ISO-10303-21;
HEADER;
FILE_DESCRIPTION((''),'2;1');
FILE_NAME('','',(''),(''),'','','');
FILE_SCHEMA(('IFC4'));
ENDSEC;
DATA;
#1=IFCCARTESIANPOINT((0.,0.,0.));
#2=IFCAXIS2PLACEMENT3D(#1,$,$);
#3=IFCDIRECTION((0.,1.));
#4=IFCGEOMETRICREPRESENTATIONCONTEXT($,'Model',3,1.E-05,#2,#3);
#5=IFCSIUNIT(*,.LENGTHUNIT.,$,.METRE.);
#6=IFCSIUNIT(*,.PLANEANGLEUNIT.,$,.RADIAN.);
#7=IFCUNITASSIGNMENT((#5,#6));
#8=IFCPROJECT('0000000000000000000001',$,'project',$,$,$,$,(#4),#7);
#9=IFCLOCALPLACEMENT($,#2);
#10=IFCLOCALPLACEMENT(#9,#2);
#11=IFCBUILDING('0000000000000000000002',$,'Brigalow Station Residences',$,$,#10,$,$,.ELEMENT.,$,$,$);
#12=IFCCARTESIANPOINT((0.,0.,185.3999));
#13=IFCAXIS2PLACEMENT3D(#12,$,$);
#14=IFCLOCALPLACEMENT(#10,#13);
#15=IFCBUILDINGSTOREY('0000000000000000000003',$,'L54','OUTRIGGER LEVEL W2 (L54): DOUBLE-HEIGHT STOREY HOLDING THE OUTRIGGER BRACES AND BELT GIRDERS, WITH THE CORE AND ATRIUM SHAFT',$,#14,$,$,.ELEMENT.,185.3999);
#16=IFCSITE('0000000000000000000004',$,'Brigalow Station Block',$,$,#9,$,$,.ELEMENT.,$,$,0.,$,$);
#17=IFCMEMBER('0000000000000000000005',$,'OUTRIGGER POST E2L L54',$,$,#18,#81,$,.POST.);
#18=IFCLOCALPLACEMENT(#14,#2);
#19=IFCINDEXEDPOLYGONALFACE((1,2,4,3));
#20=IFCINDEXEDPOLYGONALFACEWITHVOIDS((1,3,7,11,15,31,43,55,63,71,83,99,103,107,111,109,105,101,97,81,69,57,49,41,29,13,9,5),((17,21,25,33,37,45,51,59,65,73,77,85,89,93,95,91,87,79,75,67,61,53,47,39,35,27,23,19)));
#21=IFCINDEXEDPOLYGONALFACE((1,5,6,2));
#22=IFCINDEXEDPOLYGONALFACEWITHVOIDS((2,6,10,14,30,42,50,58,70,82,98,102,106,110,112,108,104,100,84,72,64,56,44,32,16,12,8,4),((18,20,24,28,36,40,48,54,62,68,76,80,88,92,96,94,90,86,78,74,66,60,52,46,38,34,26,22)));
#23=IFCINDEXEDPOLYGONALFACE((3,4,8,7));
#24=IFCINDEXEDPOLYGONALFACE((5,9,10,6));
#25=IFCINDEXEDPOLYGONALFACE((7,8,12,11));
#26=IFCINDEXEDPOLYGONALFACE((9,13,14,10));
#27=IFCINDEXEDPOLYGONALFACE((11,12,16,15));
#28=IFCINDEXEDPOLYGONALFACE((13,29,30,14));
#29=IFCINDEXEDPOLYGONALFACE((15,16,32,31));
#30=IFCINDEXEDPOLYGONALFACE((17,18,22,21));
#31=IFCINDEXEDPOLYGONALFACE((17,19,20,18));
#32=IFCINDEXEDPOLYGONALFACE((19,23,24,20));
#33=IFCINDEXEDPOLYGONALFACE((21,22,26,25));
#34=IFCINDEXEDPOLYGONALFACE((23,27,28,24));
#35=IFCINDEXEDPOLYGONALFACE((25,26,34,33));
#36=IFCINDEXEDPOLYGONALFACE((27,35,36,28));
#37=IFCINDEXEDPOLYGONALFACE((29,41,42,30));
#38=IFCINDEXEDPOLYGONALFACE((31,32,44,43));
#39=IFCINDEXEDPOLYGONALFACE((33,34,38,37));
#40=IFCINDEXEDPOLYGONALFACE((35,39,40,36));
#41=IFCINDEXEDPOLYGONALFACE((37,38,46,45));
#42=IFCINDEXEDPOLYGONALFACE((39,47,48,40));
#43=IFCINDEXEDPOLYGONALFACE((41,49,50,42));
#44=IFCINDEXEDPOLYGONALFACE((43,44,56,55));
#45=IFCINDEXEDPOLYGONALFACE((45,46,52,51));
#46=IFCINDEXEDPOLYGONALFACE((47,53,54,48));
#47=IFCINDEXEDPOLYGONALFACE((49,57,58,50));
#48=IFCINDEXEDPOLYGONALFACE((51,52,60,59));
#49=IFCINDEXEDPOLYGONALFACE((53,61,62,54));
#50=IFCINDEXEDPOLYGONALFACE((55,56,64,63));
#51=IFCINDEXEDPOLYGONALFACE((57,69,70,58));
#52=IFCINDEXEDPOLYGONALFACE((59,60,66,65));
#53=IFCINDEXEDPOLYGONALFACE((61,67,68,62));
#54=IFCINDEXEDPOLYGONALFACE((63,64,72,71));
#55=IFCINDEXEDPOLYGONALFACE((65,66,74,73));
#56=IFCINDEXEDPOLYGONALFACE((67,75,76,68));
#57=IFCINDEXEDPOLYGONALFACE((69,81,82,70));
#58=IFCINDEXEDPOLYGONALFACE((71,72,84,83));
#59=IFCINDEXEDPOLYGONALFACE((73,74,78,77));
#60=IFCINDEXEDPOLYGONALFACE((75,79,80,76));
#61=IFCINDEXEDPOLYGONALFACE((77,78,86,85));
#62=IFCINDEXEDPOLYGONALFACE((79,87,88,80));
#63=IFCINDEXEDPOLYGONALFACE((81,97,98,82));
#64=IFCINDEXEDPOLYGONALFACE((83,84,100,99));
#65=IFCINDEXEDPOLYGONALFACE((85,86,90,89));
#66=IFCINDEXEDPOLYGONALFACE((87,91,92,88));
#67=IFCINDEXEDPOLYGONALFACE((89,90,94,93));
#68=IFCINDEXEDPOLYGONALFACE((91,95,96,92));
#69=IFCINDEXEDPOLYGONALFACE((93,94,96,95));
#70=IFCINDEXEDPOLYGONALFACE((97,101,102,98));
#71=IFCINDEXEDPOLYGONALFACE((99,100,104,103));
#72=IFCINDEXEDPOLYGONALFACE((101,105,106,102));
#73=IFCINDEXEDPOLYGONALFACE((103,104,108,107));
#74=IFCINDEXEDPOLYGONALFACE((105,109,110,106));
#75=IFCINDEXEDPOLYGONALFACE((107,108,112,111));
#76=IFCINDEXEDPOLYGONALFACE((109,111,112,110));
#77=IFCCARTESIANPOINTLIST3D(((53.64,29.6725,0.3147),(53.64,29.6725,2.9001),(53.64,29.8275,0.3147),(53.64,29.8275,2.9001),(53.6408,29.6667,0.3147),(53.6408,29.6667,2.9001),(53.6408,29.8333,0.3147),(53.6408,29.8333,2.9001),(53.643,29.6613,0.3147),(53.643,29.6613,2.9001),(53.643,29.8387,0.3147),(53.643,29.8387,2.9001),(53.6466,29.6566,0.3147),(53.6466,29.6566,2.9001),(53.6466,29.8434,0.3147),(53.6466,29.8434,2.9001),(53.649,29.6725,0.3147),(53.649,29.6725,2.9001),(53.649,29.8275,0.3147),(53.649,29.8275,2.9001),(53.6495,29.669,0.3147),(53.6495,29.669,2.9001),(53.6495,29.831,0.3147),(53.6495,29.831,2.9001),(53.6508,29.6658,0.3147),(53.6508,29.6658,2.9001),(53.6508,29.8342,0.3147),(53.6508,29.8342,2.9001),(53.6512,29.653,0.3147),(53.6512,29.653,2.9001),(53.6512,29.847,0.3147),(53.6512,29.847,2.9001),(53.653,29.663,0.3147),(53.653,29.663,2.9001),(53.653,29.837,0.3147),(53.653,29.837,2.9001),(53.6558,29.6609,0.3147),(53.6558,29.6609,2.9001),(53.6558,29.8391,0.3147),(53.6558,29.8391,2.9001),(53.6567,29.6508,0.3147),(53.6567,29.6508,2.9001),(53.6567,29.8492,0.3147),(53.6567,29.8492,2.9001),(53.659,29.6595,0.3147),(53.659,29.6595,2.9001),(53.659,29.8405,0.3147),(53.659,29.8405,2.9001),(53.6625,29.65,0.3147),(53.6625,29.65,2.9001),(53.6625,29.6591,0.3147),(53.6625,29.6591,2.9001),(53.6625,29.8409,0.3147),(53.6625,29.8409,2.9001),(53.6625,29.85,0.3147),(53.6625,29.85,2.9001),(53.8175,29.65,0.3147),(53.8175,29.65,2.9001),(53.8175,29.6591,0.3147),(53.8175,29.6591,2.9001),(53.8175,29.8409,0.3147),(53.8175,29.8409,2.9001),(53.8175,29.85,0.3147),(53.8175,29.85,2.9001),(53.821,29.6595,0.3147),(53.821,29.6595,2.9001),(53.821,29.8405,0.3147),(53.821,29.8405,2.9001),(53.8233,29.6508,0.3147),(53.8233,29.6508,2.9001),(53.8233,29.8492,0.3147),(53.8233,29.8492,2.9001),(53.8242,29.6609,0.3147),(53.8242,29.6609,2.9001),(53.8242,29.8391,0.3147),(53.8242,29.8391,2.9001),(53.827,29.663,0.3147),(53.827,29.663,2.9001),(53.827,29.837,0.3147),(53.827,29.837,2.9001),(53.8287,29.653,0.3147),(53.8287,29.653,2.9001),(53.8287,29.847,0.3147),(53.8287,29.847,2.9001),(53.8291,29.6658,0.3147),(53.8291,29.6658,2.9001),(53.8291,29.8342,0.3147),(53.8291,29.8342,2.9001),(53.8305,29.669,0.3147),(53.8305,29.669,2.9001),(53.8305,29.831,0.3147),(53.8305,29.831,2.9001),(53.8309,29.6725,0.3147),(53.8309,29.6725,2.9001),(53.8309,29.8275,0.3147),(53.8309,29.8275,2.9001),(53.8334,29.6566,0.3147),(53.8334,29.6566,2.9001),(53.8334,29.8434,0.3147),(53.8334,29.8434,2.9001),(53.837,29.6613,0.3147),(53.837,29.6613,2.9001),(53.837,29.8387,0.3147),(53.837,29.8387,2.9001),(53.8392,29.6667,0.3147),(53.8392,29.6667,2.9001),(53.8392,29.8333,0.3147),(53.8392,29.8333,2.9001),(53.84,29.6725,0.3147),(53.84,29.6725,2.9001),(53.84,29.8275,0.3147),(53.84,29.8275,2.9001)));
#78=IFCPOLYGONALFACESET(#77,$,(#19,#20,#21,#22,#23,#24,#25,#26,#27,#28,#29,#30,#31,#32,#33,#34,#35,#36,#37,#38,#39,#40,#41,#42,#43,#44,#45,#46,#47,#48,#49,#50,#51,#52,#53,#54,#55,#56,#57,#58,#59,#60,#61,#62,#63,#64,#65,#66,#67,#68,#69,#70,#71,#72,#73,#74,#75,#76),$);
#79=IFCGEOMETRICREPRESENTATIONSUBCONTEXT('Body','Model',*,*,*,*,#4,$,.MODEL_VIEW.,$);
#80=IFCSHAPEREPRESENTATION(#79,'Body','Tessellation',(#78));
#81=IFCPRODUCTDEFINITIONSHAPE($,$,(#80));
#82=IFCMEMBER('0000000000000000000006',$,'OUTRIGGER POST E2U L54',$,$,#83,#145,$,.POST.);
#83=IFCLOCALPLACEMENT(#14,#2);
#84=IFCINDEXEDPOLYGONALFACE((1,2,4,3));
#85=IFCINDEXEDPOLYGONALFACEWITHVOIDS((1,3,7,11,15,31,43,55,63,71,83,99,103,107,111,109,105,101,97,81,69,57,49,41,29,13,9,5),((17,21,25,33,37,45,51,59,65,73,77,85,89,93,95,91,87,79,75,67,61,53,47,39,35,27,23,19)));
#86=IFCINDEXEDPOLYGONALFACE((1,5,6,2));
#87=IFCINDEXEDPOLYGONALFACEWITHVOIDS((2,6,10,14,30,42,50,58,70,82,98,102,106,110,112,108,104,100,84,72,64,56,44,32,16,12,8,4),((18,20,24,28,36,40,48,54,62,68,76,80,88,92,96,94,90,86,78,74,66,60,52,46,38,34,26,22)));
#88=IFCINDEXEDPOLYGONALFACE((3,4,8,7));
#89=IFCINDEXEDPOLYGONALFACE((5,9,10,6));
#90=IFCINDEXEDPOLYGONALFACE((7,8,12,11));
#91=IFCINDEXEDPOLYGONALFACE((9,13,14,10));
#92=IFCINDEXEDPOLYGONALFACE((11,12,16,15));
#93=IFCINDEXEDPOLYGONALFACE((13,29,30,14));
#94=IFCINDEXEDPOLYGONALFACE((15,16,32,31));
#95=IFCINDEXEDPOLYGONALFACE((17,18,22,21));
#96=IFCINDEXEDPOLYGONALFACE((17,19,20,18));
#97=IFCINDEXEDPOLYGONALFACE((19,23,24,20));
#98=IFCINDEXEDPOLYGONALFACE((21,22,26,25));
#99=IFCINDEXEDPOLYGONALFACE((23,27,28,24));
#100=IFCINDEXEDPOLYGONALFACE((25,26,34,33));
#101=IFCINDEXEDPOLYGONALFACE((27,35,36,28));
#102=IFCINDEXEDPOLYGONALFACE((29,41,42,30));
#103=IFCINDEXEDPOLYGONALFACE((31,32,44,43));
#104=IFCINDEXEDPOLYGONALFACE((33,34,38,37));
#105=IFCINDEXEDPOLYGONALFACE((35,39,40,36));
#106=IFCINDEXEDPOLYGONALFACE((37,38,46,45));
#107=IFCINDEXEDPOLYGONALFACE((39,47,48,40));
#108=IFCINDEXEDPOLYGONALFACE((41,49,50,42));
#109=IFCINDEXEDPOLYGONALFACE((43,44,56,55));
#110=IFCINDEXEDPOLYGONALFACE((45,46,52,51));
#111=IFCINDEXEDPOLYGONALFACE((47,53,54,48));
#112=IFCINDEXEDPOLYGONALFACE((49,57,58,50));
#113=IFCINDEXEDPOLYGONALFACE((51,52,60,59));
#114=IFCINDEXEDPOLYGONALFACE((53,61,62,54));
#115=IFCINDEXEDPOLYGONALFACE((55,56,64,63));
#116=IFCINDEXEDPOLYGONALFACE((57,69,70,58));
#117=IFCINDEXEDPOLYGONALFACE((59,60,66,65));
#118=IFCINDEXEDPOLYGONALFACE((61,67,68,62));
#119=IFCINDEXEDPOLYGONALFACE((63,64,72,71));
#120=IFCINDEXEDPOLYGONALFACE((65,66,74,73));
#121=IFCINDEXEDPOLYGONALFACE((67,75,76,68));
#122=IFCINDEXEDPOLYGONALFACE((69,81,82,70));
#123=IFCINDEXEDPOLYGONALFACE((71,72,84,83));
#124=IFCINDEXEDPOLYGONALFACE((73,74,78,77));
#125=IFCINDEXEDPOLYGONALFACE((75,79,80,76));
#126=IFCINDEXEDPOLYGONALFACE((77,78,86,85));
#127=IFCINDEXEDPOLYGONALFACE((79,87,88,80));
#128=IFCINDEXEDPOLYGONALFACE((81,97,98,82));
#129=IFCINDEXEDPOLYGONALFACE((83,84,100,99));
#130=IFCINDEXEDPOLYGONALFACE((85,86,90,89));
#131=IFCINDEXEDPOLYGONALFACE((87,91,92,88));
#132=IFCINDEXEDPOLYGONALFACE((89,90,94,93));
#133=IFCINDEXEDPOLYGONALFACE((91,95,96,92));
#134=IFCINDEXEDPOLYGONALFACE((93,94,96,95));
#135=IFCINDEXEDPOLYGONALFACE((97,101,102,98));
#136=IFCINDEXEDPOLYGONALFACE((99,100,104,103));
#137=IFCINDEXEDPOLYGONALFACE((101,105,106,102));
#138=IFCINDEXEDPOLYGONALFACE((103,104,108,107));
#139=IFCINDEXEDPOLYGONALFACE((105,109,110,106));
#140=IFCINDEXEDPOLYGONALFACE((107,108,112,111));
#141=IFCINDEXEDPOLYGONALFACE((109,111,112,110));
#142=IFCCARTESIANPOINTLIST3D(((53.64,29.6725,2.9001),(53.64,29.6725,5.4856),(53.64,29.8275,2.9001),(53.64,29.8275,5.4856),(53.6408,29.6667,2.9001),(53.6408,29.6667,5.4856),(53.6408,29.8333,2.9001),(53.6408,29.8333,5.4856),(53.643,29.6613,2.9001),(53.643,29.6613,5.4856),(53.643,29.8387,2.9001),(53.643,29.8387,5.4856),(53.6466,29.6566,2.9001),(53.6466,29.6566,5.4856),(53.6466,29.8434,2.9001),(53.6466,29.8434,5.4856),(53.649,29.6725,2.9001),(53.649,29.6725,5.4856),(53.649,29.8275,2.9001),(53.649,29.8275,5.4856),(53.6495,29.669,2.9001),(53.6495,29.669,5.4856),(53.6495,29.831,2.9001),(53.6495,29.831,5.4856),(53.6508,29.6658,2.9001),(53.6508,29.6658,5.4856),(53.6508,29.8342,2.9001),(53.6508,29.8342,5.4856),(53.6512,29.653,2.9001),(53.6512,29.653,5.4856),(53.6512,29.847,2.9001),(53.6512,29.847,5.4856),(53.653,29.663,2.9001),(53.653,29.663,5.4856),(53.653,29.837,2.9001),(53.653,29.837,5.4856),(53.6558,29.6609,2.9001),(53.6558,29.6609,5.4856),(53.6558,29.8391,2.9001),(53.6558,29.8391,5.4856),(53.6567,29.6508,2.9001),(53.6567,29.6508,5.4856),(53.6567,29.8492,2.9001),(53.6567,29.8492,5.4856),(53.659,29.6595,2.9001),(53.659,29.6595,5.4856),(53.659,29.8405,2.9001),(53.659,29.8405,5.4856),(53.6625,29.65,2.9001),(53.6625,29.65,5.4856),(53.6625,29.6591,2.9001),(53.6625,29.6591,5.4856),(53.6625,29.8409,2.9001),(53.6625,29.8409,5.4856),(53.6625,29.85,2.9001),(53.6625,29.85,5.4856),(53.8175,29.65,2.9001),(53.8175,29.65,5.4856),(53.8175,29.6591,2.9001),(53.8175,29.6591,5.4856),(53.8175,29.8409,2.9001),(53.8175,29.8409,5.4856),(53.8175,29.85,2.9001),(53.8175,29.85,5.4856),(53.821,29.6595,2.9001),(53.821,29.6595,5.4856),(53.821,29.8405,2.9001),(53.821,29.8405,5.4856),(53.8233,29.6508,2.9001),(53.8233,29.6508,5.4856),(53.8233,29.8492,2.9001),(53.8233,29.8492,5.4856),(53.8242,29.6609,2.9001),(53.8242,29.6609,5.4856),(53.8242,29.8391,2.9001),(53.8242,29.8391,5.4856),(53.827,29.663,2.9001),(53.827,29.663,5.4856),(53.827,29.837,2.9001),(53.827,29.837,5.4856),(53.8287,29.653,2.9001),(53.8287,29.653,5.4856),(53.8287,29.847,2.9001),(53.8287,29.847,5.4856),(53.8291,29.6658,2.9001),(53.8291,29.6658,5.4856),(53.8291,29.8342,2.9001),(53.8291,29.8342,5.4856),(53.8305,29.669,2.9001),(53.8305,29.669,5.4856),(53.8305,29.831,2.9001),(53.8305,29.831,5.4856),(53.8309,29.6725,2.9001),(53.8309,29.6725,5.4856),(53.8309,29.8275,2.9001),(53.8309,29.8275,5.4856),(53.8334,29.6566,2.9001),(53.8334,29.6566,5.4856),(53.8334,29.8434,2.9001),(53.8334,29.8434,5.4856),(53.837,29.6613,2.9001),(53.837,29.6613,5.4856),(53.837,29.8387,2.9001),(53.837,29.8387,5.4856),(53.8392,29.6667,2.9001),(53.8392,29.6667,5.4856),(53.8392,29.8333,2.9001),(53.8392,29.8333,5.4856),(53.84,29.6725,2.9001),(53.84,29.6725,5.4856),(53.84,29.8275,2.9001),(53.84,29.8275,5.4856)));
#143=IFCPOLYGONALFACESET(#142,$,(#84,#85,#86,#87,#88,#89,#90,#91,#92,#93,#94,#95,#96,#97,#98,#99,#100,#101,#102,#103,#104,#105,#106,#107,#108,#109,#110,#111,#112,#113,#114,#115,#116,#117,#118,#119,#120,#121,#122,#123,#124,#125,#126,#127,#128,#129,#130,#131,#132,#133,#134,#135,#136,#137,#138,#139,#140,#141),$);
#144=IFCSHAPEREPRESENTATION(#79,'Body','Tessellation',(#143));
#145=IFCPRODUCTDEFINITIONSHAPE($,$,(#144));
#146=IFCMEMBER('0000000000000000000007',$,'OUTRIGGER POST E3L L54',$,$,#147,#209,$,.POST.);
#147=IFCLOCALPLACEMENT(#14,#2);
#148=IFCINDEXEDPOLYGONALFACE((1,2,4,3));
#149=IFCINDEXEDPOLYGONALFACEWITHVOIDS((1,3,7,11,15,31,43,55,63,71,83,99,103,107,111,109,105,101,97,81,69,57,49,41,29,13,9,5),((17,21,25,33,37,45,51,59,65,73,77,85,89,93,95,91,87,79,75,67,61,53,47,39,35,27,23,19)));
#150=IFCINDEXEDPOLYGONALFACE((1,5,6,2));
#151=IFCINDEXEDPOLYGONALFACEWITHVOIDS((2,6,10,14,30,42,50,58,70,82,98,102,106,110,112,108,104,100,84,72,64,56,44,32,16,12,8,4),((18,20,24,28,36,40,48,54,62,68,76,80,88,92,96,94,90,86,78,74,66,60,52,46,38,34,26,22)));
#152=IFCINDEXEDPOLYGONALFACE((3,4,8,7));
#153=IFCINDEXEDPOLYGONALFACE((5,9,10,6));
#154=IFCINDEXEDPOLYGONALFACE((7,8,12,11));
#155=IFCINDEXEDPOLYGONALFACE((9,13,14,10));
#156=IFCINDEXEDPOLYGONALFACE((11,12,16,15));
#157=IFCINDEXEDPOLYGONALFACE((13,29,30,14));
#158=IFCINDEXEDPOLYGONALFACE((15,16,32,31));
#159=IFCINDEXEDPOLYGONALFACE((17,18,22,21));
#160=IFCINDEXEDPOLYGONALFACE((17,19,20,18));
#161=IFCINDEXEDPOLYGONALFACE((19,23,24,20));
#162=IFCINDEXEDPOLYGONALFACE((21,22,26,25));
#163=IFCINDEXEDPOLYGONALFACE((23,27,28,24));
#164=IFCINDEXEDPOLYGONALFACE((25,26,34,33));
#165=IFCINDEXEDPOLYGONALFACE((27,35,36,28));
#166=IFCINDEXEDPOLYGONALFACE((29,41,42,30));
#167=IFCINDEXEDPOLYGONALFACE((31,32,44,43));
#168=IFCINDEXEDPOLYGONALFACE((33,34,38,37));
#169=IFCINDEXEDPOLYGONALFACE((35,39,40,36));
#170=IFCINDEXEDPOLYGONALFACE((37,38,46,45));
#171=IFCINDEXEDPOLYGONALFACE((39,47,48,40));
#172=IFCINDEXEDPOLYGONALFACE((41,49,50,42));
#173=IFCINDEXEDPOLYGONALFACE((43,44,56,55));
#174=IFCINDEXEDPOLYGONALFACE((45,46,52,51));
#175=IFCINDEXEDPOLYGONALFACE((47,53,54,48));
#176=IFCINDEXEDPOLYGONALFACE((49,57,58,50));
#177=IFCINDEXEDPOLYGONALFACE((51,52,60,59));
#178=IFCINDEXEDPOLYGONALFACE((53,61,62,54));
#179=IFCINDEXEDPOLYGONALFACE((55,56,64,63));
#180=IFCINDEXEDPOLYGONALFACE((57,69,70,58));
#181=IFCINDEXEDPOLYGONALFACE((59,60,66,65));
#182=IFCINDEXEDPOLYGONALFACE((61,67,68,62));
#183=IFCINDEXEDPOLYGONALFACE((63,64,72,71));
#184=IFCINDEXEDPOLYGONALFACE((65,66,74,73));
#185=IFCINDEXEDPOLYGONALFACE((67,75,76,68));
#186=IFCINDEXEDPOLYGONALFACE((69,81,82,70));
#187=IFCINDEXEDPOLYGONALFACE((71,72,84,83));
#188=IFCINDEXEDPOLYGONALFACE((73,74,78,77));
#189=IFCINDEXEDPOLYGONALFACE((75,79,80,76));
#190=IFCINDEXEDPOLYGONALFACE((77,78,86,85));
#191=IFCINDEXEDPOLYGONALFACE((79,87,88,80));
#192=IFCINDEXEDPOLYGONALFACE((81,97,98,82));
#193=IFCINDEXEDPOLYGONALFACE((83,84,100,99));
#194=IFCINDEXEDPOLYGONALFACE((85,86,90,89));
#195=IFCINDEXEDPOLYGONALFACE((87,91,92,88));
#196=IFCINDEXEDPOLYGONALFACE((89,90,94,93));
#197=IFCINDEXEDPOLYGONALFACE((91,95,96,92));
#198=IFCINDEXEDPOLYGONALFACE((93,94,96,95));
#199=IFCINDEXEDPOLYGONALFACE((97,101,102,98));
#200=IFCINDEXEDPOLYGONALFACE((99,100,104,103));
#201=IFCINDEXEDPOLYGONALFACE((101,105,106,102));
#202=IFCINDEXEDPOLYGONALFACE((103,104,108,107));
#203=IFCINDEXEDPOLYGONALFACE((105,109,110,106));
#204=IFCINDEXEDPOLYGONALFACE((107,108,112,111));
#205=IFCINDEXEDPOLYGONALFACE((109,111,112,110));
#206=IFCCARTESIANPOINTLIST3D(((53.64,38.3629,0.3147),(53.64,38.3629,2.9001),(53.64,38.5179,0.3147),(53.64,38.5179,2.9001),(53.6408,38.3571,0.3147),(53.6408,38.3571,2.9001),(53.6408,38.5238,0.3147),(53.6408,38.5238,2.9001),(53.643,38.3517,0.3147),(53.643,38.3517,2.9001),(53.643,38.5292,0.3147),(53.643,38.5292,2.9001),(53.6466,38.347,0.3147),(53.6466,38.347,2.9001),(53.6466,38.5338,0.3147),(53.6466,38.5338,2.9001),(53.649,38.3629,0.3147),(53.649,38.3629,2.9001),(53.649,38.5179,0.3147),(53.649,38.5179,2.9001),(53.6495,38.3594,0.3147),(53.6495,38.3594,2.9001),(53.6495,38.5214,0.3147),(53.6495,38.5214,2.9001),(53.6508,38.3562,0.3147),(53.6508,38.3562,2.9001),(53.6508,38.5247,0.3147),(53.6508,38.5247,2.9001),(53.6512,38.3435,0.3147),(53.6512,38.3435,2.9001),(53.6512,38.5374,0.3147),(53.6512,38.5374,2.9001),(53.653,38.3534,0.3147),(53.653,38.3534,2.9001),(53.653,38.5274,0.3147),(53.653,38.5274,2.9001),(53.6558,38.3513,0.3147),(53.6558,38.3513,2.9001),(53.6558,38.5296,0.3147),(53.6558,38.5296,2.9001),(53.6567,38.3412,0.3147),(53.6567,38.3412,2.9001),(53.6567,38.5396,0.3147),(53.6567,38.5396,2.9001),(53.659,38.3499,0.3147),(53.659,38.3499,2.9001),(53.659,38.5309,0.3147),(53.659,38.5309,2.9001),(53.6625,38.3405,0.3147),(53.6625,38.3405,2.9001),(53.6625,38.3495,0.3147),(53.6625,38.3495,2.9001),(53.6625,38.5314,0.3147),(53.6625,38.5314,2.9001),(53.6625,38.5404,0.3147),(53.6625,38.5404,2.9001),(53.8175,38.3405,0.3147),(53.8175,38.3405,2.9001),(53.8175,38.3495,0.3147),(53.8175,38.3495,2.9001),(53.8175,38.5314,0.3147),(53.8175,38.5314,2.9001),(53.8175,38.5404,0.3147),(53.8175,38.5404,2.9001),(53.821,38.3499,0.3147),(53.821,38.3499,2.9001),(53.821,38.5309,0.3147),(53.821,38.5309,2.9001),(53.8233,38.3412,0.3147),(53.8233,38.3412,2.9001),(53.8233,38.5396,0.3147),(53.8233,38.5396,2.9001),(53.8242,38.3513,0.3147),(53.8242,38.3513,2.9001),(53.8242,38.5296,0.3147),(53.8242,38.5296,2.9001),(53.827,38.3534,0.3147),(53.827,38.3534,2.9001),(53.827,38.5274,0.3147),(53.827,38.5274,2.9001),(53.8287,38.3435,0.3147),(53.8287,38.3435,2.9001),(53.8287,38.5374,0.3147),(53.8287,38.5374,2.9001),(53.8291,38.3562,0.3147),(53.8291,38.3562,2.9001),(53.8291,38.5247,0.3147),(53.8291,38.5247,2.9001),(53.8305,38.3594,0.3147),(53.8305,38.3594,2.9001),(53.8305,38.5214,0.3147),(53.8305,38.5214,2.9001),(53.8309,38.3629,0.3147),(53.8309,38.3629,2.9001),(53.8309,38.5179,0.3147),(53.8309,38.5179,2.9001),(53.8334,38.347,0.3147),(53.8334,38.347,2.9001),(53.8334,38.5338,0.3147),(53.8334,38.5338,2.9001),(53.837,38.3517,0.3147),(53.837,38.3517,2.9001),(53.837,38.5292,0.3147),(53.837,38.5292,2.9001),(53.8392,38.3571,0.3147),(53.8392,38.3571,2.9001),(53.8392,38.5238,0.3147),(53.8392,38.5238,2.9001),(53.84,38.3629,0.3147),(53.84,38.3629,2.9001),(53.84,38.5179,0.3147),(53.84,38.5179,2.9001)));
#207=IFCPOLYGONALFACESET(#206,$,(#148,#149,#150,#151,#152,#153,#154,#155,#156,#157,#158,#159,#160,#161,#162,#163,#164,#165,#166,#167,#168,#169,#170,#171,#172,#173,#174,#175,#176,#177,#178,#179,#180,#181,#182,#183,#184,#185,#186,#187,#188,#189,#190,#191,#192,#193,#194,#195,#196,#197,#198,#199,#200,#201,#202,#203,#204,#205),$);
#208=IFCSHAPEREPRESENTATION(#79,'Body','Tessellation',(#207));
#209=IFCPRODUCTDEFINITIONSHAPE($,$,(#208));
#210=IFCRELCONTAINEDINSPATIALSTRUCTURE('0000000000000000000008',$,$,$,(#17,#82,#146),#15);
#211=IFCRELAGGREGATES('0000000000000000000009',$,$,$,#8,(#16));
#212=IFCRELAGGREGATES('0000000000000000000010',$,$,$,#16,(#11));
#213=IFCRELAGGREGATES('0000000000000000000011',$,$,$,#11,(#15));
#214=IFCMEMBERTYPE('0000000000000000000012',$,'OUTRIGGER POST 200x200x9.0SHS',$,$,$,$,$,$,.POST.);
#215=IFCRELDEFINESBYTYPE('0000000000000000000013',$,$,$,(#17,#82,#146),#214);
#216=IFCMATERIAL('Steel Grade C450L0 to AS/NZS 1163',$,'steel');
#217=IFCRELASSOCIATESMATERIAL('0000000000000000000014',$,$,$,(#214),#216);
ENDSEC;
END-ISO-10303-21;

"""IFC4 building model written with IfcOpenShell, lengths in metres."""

from ifc_helpers import new_model, si_unit, direction, frame, origin, origin_2d, place, context, subcontext, project, spatial, hollow_rectangle, extrude, material, material_profile, profile_set, type_object, element, save


model = new_model("IFC4")

# Units and contexts
model_context = context("Model", 3, precision=1e-05, world=origin(), true_north=direction((0.0, 1.0)))
body_context = subcontext(model_context, "Body", "Model", "MODEL_VIEW")
ifc_project = project(units=[si_unit("LENGTHUNIT", "METRE"), si_unit("PLANEANGLEUNIT", "RADIAN")], contexts=[model_context])

# Site, building, storey
site_placement = place(None, origin())
site = spatial("IfcSite", under=ifc_project, at=site_placement, Name="Brigalow Station Block", CompositionType="ELEMENT", RefElevation=0.0)
building_placement = place(site_placement, origin())
building = spatial("IfcBuilding", under=site, at=building_placement, Name="Brigalow Station Residences", CompositionType="ELEMENT")
storey_placement = place(building_placement, frame((0.0, 0.0, 185.3999)))
storey = spatial("IfcBuildingStorey", under=building, at=storey_placement, Name="L54", Description="OUTRIGGER LEVEL W2 (L54): DOUBLE-HEIGHT STOREY HOLDING THE OUTRIGGER BRACES AND BELT GIRDERS, WITH THE CORE AND ATRIUM SHAFT", CompositionType="ELEMENT", Elevation=185.3999)

# Members
ifc_material_1 = material(Name="Steel Grade C450L0 to AS/NZS 1163", Category="steel")
ifc_material_profile_1 = material_profile(ifc_material_1, hollow_rectangle(XDim=0.2, YDim=0.2, WallThickness=0.009, InnerFilletRadius=0.0134, OuterFilletRadius=0.0225, at=origin_2d()), Name="200x200x9.0SHS")
ifc_profile_set_1 = profile_set([ifc_material_profile_1], Name="Steel Grade C450L0 to AS/NZS 1163")
member_type_1 = type_object("IfcMemberType", Name="OUTRIGGER POST 200x200x9.0SHS", PredefinedType="POST", material=ifc_profile_set_1)
for number, where, z_axis, x_axis, name in (
    (1, (53.74, 29.75, 0.3147), (0.0, 0.0, 1.0), (1.0, 0.0, 0.0), "OUTRIGGER POST E2L L54"),
    (2, (53.74, 29.75, 2.9001), (0.0, 0.0, 1.0), (1.0, 0.0, 0.0), "OUTRIGGER POST E2U L54"),
    (3, (53.74, 38.4404, 0.3147), (0.0, 0.0, 1.0), (1.0, 0.0, 0.0), "OUTRIGGER POST E3L L54"),
):
    element("IfcMember", number, at=place(storey_placement, frame(where, z_axis=z_axis, x_axis=x_axis)), inside=storey, type_object=member_type_1, Name=name, PredefinedType="POST", context=body_context, shape_type="SweptSolid", body=[
        extrude(hollow_rectangle(XDim=0.2, YDim=0.2, WallThickness=0.009, InnerFilletRadius=0.0134, OuterFilletRadius=0.0225, at=origin_2d()), origin(), (0.0, 0.0, 1.0), 2.5854),
    ])

save(model, "model.ifc")
